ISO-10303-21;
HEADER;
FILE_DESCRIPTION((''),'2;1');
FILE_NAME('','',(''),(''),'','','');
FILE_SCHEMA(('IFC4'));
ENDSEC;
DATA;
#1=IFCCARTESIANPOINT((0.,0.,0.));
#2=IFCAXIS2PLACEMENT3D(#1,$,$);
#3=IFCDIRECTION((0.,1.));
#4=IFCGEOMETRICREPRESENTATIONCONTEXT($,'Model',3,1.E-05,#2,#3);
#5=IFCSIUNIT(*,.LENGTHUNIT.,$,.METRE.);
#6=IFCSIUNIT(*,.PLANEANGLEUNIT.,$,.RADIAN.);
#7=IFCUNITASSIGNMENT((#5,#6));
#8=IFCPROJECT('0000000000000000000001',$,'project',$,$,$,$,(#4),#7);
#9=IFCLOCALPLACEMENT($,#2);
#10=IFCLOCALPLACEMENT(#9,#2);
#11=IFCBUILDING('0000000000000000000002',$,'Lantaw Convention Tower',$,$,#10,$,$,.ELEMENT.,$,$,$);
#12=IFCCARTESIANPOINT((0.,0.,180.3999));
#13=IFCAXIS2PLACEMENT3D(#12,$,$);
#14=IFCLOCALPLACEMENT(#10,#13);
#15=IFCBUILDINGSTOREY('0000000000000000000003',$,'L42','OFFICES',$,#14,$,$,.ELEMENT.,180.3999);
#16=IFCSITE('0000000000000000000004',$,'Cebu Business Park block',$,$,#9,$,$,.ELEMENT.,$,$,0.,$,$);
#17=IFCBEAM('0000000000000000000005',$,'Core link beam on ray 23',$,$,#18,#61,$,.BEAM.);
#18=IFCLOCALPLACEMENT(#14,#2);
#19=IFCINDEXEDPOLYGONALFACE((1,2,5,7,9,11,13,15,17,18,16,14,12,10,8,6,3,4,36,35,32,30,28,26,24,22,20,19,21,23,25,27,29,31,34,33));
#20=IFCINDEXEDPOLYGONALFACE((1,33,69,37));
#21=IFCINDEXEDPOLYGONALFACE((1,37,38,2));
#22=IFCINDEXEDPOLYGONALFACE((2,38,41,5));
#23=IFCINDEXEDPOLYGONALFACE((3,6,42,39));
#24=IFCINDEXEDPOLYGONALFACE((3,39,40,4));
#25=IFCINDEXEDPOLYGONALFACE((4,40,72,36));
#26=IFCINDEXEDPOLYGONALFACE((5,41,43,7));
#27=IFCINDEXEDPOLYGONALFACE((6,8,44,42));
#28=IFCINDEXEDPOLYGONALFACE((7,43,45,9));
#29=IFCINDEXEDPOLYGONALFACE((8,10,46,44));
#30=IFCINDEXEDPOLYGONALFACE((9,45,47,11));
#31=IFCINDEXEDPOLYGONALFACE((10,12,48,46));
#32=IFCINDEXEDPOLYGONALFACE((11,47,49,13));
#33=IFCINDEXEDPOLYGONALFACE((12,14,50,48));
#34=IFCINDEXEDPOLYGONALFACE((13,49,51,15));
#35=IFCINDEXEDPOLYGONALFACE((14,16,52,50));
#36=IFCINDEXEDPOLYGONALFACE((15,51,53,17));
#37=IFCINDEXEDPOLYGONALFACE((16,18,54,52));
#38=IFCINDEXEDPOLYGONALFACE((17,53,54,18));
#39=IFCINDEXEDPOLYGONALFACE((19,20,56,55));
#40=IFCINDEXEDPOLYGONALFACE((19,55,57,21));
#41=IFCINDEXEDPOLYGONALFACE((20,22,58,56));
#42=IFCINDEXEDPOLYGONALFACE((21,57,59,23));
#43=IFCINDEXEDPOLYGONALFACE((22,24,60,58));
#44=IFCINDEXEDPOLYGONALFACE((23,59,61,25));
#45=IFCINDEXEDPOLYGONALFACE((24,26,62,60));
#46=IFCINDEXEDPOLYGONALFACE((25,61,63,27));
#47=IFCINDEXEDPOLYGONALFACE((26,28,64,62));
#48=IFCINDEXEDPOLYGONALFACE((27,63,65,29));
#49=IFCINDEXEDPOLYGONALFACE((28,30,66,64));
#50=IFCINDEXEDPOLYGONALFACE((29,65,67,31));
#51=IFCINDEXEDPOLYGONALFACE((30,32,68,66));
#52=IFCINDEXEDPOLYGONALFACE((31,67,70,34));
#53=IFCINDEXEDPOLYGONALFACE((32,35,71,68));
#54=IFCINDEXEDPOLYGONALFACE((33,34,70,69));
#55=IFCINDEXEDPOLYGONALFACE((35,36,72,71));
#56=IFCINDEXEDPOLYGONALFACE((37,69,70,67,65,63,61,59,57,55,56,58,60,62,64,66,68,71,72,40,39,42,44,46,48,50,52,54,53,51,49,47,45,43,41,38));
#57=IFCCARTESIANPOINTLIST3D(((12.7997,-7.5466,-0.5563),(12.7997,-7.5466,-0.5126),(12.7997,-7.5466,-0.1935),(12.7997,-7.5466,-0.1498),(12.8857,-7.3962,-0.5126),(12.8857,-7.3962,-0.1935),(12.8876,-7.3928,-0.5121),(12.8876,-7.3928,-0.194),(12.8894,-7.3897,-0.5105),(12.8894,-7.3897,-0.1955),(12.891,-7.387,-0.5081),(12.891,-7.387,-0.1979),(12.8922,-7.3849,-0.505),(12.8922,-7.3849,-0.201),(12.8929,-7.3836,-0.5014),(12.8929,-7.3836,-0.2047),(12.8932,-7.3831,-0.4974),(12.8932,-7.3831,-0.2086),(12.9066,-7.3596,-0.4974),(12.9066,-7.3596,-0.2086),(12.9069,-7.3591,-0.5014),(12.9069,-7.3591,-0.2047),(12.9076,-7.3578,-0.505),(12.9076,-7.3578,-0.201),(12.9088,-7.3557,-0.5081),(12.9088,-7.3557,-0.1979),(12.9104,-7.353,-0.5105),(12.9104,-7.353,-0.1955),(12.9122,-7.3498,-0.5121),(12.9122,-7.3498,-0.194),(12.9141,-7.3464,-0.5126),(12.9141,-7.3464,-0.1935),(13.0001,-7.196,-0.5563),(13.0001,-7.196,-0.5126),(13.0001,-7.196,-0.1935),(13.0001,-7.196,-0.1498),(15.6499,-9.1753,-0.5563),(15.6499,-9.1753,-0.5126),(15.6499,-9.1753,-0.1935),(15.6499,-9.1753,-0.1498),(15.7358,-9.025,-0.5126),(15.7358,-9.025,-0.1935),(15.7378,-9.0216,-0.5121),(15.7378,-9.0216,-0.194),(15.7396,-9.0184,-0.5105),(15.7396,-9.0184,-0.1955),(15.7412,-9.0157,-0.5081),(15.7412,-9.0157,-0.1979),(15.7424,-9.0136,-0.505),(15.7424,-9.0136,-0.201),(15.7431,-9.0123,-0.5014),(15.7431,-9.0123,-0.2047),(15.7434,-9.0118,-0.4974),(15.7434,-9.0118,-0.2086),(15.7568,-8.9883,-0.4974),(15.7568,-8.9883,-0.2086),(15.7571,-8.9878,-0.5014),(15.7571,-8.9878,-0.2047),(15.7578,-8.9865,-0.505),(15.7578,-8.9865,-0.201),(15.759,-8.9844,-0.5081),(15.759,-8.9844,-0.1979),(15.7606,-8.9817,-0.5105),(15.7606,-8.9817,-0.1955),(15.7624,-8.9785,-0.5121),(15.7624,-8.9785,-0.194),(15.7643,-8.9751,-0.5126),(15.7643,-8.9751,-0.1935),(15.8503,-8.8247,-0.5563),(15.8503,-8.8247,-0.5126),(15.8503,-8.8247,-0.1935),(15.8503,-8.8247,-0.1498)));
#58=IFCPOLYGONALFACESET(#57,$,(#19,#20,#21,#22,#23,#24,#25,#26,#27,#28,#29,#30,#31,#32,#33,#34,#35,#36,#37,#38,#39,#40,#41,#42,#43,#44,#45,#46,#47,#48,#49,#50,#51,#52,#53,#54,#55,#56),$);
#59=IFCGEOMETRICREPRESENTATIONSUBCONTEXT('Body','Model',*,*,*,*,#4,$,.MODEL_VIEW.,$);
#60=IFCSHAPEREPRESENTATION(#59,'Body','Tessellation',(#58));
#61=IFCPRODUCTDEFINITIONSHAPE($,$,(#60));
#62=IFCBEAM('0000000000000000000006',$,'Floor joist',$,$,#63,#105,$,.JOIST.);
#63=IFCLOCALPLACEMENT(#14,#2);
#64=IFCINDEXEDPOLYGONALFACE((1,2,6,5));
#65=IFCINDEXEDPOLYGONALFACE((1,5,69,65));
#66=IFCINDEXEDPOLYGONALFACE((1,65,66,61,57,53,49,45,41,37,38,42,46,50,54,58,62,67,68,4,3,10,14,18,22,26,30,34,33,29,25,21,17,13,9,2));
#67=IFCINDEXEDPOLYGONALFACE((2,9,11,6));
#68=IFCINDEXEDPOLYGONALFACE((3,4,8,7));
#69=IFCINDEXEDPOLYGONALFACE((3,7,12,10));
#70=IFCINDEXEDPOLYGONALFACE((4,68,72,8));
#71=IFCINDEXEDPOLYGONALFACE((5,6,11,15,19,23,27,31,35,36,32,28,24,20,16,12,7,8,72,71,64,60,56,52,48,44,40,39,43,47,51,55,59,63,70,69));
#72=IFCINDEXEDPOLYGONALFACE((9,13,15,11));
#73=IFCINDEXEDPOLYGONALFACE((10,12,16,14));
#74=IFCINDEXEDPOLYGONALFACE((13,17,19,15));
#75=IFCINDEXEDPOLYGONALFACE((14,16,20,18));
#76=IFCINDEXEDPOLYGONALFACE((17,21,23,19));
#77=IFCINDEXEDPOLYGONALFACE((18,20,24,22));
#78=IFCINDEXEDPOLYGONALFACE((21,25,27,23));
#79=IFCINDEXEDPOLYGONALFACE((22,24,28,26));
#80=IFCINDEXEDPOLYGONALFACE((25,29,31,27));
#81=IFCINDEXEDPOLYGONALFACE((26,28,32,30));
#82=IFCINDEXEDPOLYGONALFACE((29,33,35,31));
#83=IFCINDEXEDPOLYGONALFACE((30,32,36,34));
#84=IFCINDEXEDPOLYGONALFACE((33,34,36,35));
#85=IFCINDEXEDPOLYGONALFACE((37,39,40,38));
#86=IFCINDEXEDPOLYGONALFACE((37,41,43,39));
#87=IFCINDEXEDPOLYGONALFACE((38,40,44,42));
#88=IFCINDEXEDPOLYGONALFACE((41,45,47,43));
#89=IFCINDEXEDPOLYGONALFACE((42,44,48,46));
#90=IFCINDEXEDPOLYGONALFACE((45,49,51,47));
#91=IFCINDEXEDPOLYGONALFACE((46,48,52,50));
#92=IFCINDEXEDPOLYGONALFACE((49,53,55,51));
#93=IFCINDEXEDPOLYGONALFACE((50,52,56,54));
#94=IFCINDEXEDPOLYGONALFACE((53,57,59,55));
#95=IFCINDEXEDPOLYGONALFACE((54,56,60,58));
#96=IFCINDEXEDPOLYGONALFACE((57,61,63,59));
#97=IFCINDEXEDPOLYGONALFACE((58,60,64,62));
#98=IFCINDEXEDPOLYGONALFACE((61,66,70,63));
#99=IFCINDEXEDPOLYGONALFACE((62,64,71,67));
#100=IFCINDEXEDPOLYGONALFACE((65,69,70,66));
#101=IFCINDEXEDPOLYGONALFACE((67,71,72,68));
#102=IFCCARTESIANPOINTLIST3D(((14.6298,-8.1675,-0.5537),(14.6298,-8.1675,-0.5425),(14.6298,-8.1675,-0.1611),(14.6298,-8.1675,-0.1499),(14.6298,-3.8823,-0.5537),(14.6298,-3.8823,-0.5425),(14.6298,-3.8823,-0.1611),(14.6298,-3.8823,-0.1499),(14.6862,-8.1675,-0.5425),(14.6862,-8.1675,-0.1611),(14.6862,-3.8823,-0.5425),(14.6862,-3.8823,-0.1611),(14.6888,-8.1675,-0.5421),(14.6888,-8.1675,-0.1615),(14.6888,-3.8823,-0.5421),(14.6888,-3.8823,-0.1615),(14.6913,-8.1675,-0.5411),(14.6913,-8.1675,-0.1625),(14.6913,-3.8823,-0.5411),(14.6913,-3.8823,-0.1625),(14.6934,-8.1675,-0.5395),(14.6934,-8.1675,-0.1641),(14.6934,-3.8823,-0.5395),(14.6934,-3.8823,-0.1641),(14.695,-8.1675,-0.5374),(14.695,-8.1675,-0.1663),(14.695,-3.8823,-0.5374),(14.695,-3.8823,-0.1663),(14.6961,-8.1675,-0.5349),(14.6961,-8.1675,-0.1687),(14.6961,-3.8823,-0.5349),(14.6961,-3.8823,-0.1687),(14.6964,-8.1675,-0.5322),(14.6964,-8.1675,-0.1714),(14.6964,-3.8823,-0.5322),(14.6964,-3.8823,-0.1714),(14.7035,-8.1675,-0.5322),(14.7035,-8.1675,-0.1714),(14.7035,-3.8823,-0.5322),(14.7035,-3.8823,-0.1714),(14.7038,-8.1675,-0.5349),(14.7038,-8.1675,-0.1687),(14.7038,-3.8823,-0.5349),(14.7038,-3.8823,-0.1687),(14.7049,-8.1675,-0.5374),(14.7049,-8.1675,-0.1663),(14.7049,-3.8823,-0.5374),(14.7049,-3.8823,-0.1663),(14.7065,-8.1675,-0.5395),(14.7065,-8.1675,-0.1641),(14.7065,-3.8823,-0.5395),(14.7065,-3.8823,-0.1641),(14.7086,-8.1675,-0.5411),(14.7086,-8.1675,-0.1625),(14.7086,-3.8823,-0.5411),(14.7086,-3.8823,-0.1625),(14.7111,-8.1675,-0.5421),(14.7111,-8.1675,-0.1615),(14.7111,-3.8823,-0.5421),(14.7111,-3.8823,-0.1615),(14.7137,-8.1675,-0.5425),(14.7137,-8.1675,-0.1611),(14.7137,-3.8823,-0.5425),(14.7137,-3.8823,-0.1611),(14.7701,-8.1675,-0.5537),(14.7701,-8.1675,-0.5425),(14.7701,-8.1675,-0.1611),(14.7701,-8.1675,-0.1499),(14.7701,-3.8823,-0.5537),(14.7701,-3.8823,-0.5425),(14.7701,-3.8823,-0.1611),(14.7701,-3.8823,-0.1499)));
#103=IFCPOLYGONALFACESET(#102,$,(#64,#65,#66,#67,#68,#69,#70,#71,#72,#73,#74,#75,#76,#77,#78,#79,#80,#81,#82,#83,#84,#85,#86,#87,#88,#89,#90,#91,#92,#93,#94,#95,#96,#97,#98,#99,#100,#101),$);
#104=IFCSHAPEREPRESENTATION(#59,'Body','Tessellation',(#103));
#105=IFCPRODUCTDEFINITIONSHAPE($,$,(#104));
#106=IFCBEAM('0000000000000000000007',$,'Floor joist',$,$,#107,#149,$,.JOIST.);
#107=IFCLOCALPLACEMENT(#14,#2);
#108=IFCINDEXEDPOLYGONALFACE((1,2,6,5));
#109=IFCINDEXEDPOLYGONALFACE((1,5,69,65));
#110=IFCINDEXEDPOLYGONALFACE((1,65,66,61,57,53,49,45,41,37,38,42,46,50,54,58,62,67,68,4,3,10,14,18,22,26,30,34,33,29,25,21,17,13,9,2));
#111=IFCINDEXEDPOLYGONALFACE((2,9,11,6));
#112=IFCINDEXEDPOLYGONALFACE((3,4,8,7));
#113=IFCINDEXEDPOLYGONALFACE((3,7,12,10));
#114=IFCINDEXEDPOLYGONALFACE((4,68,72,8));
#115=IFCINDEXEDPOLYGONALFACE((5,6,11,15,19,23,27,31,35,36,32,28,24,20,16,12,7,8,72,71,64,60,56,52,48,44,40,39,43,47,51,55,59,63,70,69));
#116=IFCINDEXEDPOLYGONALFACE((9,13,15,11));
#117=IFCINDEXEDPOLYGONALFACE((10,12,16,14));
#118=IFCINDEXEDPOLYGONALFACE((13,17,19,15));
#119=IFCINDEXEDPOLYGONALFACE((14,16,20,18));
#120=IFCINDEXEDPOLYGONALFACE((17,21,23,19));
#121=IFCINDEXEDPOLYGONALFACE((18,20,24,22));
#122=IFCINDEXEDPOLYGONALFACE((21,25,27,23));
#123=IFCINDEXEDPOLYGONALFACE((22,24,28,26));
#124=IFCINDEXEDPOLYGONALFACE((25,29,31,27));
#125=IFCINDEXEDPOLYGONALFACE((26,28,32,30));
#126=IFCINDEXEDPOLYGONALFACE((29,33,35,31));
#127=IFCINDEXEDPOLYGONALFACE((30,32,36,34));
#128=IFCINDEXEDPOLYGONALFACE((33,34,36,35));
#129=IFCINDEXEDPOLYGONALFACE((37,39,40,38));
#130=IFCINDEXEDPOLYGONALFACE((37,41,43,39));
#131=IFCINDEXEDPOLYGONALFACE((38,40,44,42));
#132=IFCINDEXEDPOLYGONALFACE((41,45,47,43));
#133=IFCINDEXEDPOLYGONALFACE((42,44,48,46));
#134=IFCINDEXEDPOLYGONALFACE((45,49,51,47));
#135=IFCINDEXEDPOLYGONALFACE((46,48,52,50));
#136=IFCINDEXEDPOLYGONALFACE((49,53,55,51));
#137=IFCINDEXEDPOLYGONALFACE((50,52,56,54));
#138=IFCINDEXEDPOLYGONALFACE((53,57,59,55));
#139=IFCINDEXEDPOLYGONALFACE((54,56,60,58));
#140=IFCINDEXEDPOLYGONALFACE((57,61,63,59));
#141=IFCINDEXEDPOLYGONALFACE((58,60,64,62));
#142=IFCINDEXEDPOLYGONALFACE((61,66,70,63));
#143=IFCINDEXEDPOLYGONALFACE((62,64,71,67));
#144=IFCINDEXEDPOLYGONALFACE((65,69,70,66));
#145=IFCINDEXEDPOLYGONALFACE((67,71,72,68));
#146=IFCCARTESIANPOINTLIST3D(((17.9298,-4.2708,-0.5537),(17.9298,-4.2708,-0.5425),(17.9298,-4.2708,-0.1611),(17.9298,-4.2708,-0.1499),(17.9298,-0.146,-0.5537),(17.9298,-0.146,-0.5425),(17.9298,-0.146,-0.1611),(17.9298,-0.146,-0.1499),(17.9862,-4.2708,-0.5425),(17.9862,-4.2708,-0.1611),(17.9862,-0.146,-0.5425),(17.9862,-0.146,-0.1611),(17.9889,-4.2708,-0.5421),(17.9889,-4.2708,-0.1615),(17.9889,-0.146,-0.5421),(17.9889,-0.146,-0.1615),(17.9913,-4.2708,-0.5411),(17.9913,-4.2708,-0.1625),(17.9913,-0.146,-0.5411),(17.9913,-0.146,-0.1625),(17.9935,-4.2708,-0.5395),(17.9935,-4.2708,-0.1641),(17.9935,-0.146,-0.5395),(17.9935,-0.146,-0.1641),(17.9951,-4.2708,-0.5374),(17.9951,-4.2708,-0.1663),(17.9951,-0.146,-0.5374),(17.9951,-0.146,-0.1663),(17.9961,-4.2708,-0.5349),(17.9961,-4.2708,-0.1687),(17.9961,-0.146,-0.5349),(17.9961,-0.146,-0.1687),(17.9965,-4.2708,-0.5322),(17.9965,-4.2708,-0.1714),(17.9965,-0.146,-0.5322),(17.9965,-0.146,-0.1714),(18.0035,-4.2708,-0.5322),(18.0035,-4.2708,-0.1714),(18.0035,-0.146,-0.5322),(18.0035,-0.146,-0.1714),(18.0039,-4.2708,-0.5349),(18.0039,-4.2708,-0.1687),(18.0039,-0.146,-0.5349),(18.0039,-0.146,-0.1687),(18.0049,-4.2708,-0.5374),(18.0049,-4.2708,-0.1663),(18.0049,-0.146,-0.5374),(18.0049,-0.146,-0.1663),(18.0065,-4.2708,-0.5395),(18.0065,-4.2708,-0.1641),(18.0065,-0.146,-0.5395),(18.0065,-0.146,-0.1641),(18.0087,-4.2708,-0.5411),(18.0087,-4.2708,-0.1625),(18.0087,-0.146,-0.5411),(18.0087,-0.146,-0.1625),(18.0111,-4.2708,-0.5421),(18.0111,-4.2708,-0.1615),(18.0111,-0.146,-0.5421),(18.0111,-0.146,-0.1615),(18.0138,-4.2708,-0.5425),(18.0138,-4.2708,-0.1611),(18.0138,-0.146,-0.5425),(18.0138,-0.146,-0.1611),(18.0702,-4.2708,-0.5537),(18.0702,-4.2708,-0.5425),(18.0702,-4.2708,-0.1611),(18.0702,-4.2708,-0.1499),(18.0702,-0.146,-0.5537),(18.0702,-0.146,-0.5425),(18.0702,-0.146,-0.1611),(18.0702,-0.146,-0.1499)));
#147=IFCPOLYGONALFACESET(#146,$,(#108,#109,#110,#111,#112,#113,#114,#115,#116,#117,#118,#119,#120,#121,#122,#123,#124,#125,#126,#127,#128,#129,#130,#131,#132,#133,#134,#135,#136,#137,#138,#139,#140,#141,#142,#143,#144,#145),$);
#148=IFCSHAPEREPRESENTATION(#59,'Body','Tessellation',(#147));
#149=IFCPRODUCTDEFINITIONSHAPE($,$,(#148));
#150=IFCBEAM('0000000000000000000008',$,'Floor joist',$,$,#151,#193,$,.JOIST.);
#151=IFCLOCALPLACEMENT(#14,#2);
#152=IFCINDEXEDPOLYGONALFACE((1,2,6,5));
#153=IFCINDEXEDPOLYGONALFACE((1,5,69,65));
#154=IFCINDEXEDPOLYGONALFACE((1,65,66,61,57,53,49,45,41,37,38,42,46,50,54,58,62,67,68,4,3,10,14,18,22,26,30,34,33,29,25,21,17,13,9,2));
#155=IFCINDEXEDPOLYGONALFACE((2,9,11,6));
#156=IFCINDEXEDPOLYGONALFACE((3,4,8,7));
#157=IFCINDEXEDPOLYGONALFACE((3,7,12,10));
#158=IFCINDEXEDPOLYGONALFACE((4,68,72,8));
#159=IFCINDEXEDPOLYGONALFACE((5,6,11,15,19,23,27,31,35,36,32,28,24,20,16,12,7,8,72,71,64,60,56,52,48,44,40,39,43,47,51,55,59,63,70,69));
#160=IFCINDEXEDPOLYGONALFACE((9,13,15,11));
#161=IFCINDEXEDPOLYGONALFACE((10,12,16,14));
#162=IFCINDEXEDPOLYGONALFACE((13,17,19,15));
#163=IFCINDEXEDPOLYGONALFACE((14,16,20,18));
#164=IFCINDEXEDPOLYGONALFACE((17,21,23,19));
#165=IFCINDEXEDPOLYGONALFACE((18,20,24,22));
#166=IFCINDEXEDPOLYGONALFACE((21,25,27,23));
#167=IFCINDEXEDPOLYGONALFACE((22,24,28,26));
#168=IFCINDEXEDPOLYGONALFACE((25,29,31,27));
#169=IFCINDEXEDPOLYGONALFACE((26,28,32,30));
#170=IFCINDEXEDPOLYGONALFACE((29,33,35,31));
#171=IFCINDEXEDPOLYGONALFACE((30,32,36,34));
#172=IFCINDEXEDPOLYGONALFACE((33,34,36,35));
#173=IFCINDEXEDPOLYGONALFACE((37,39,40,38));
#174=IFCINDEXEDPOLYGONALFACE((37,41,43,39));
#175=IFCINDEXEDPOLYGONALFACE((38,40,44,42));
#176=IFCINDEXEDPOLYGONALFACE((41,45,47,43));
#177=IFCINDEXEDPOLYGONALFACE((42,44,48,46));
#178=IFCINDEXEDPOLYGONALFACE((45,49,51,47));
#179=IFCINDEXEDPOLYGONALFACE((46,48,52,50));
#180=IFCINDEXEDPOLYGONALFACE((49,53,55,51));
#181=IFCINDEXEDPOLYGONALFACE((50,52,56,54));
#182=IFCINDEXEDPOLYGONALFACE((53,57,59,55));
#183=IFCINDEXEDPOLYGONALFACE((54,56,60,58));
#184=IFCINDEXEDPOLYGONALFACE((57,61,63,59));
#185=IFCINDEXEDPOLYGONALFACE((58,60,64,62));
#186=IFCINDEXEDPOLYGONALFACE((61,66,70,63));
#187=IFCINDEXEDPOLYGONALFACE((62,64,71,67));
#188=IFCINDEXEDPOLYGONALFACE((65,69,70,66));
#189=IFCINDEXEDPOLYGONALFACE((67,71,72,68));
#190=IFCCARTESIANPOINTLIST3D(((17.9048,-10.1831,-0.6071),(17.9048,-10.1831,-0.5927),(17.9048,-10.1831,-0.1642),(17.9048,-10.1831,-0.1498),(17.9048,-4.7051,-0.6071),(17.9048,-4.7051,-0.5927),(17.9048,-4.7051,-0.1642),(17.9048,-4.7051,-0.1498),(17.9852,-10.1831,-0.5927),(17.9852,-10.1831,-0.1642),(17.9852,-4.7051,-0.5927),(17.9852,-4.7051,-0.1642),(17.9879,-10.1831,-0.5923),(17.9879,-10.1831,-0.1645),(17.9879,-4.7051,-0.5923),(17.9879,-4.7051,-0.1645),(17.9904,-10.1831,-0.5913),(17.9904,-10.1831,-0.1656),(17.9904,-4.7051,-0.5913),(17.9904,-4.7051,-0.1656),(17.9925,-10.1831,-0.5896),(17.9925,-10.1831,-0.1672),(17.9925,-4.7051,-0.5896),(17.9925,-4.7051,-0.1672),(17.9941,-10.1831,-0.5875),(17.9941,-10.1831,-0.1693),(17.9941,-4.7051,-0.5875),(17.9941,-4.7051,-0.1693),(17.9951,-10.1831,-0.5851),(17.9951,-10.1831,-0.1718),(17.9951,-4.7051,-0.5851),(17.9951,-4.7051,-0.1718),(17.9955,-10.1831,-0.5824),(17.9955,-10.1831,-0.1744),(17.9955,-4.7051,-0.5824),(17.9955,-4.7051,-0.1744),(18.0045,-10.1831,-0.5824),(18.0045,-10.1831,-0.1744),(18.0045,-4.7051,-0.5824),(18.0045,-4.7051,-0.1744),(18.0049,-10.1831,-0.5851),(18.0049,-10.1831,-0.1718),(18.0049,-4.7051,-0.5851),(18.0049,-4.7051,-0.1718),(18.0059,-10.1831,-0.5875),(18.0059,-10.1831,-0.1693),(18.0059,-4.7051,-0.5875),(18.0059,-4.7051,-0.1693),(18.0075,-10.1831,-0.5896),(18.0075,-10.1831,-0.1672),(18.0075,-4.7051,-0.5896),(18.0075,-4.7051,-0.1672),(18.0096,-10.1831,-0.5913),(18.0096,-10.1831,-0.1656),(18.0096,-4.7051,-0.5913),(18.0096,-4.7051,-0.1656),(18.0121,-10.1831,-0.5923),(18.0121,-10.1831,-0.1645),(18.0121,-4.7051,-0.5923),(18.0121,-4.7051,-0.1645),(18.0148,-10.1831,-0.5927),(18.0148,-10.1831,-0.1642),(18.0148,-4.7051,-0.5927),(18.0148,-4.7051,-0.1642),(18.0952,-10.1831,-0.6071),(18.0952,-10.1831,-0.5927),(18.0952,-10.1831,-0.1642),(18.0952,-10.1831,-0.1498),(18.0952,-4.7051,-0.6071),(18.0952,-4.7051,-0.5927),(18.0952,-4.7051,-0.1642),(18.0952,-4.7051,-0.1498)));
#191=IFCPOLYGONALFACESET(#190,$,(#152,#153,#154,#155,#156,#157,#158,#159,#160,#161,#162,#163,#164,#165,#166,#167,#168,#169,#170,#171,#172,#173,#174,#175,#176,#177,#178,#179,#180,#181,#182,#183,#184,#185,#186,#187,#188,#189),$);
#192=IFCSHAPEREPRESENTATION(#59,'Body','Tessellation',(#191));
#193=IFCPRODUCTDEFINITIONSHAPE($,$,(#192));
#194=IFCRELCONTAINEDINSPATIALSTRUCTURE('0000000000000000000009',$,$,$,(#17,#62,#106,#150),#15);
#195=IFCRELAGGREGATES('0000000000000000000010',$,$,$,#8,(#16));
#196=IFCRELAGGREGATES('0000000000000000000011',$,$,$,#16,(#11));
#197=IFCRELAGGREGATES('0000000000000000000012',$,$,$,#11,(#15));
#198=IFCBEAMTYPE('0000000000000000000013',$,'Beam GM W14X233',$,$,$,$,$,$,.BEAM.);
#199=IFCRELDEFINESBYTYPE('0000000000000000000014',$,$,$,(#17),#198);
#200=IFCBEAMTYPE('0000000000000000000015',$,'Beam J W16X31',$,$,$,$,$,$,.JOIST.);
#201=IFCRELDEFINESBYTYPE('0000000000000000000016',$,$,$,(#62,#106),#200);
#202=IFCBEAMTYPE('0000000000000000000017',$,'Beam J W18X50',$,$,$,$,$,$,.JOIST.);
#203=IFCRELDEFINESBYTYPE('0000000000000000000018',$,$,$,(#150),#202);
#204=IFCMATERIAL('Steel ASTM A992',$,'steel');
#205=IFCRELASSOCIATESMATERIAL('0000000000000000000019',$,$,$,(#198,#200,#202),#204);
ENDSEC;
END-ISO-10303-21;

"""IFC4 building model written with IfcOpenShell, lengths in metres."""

from ifc_helpers import new_model, si_unit, direction, frame, origin, origin_2d, place, context, subcontext, project, spatial, i_section, extrude, material, material_profile, profile_set, type_object, element, save


model = new_model("IFC4")

# Units and contexts
model_context = context("Model", 3, precision=1e-05, world=origin(), true_north=direction((0.0, 1.0)))
body_context = subcontext(model_context, "Body", "Model", "MODEL_VIEW")
ifc_project = project(units=[si_unit("LENGTHUNIT", "METRE"), si_unit("PLANEANGLEUNIT", "RADIAN")], contexts=[model_context])

# Site, building, storey
site_placement = place(None, origin())
site = spatial("IfcSite", under=ifc_project, at=site_placement, Name="Cebu Business Park block", CompositionType="ELEMENT", RefElevation=0.0)
building_placement = place(site_placement, origin())
building = spatial("IfcBuilding", under=site, at=building_placement, Name="Lantaw Convention Tower", CompositionType="ELEMENT")
storey_placement = place(building_placement, frame((0.0, 0.0, 180.3999)))
storey = spatial("IfcBuildingStorey", under=building, at=storey_placement, Name="L42", Description="OFFICES", CompositionType="ELEMENT", Elevation=180.3999)

# Beams
ifc_material_1 = material(Name="Steel ASTM A992", Category="steel")
ifc_material_profile_1 = material_profile(ifc_material_1, i_section(OverallWidth=0.4038, OverallDepth=0.4065, WebThickness=0.0271, FlangeThickness=0.0437, FilletRadius=0.0151, at=origin_2d()), Name="W14X233")
ifc_profile_set_1 = profile_set([ifc_material_profile_1], Name="Steel ASTM A992")
beam_type_1 = type_object("IfcBeamType", Name="Beam GM W14X233", PredefinedType="BEAM", material=ifc_profile_set_1)
beam_1_placement = place(storey_placement, frame((12.8999, -7.3713, -0.353), z_axis=(0.868239, -0.496147, 0.0), x_axis=(0.496147, 0.868239, 0.0)))
element("IfcBeam", 1, at=beam_1_placement, inside=storey, type_object=beam_type_1, Name="Core link beam on ray 23", PredefinedType="BEAM", context=body_context, shape_type="SweptSolid", body=[
    extrude(i_section(OverallWidth=0.4038, OverallDepth=0.4065, WebThickness=0.0271, FlangeThickness=0.0437, FilletRadius=0.0151, at=origin_2d()), origin(), (0.0, 0.0, 1.0), 3.2827),
])
ifc_material_profile_2 = material_profile(ifc_material_1, i_section(OverallWidth=0.1404, OverallDepth=0.4038, WebThickness=0.0071, FlangeThickness=0.0112, FilletRadius=0.0103, at=origin_2d()), Name="W16X31")
ifc_profile_set_2 = profile_set([ifc_material_profile_2], Name="Steel ASTM A992")
beam_type_2 = type_object("IfcBeamType", Name="Beam J W16X31", PredefinedType="JOIST", material=ifc_profile_set_2)
beam_2_placement = place(storey_placement, frame((14.7, -8.1675, -0.3518), z_axis=(0.0, 1.0, 0.0), x_axis=(-1.0, 0.0, 0.0)))
element("IfcBeam", 2, at=beam_2_placement, inside=storey, type_object=beam_type_2, Name="Floor joist", PredefinedType="JOIST", context=body_context, shape_type="SweptSolid", body=[
    extrude(i_section(OverallWidth=0.1404, OverallDepth=0.4038, WebThickness=0.0071, FlangeThickness=0.0112, FilletRadius=0.0103, at=origin_2d()), origin(), (0.0, 0.0, 1.0), 4.2852),
])
beam_3_placement = place(storey_placement, frame((18.0, -4.2708, -0.3518), z_axis=(0.0, 1.0, 0.0), x_axis=(-1.0, 0.0, 0.0)))
element("IfcBeam", 3, at=beam_3_placement, inside=storey, type_object=beam_type_2, Name="Floor joist", PredefinedType="JOIST", context=body_context, shape_type="SweptSolid", body=[
    extrude(i_section(OverallWidth=0.1404, OverallDepth=0.4038, WebThickness=0.0071, FlangeThickness=0.0112, FilletRadius=0.0103, at=origin_2d()), origin(), (0.0, 0.0, 1.0), 4.1248),
])
ifc_material_profile_3 = material_profile(ifc_material_1, i_section(OverallWidth=0.1904, OverallDepth=0.4573, WebThickness=0.009, FlangeThickness=0.0144, FilletRadius=0.0103, at=origin_2d()), Name="W18X50")
ifc_profile_set_3 = profile_set([ifc_material_profile_3], Name="Steel ASTM A992")
beam_type_3 = type_object("IfcBeamType", Name="Beam J W18X50", PredefinedType="JOIST", material=ifc_profile_set_3)
beam_4_placement = place(storey_placement, frame((18.0, -10.1831, -0.3784), z_axis=(0.0, 1.0, 0.0), x_axis=(-1.0, 0.0, 0.0)))
element("IfcBeam", 4, at=beam_4_placement, inside=storey, type_object=beam_type_3, Name="Floor joist", PredefinedType="JOIST", context=body_context, shape_type="SweptSolid", body=[
    extrude(i_section(OverallWidth=0.1904, OverallDepth=0.4573, WebThickness=0.009, FlangeThickness=0.0144, FilletRadius=0.0103, at=origin_2d()), origin(), (0.0, 0.0, 1.0), 5.478),
])

save(model, "model.ifc")
